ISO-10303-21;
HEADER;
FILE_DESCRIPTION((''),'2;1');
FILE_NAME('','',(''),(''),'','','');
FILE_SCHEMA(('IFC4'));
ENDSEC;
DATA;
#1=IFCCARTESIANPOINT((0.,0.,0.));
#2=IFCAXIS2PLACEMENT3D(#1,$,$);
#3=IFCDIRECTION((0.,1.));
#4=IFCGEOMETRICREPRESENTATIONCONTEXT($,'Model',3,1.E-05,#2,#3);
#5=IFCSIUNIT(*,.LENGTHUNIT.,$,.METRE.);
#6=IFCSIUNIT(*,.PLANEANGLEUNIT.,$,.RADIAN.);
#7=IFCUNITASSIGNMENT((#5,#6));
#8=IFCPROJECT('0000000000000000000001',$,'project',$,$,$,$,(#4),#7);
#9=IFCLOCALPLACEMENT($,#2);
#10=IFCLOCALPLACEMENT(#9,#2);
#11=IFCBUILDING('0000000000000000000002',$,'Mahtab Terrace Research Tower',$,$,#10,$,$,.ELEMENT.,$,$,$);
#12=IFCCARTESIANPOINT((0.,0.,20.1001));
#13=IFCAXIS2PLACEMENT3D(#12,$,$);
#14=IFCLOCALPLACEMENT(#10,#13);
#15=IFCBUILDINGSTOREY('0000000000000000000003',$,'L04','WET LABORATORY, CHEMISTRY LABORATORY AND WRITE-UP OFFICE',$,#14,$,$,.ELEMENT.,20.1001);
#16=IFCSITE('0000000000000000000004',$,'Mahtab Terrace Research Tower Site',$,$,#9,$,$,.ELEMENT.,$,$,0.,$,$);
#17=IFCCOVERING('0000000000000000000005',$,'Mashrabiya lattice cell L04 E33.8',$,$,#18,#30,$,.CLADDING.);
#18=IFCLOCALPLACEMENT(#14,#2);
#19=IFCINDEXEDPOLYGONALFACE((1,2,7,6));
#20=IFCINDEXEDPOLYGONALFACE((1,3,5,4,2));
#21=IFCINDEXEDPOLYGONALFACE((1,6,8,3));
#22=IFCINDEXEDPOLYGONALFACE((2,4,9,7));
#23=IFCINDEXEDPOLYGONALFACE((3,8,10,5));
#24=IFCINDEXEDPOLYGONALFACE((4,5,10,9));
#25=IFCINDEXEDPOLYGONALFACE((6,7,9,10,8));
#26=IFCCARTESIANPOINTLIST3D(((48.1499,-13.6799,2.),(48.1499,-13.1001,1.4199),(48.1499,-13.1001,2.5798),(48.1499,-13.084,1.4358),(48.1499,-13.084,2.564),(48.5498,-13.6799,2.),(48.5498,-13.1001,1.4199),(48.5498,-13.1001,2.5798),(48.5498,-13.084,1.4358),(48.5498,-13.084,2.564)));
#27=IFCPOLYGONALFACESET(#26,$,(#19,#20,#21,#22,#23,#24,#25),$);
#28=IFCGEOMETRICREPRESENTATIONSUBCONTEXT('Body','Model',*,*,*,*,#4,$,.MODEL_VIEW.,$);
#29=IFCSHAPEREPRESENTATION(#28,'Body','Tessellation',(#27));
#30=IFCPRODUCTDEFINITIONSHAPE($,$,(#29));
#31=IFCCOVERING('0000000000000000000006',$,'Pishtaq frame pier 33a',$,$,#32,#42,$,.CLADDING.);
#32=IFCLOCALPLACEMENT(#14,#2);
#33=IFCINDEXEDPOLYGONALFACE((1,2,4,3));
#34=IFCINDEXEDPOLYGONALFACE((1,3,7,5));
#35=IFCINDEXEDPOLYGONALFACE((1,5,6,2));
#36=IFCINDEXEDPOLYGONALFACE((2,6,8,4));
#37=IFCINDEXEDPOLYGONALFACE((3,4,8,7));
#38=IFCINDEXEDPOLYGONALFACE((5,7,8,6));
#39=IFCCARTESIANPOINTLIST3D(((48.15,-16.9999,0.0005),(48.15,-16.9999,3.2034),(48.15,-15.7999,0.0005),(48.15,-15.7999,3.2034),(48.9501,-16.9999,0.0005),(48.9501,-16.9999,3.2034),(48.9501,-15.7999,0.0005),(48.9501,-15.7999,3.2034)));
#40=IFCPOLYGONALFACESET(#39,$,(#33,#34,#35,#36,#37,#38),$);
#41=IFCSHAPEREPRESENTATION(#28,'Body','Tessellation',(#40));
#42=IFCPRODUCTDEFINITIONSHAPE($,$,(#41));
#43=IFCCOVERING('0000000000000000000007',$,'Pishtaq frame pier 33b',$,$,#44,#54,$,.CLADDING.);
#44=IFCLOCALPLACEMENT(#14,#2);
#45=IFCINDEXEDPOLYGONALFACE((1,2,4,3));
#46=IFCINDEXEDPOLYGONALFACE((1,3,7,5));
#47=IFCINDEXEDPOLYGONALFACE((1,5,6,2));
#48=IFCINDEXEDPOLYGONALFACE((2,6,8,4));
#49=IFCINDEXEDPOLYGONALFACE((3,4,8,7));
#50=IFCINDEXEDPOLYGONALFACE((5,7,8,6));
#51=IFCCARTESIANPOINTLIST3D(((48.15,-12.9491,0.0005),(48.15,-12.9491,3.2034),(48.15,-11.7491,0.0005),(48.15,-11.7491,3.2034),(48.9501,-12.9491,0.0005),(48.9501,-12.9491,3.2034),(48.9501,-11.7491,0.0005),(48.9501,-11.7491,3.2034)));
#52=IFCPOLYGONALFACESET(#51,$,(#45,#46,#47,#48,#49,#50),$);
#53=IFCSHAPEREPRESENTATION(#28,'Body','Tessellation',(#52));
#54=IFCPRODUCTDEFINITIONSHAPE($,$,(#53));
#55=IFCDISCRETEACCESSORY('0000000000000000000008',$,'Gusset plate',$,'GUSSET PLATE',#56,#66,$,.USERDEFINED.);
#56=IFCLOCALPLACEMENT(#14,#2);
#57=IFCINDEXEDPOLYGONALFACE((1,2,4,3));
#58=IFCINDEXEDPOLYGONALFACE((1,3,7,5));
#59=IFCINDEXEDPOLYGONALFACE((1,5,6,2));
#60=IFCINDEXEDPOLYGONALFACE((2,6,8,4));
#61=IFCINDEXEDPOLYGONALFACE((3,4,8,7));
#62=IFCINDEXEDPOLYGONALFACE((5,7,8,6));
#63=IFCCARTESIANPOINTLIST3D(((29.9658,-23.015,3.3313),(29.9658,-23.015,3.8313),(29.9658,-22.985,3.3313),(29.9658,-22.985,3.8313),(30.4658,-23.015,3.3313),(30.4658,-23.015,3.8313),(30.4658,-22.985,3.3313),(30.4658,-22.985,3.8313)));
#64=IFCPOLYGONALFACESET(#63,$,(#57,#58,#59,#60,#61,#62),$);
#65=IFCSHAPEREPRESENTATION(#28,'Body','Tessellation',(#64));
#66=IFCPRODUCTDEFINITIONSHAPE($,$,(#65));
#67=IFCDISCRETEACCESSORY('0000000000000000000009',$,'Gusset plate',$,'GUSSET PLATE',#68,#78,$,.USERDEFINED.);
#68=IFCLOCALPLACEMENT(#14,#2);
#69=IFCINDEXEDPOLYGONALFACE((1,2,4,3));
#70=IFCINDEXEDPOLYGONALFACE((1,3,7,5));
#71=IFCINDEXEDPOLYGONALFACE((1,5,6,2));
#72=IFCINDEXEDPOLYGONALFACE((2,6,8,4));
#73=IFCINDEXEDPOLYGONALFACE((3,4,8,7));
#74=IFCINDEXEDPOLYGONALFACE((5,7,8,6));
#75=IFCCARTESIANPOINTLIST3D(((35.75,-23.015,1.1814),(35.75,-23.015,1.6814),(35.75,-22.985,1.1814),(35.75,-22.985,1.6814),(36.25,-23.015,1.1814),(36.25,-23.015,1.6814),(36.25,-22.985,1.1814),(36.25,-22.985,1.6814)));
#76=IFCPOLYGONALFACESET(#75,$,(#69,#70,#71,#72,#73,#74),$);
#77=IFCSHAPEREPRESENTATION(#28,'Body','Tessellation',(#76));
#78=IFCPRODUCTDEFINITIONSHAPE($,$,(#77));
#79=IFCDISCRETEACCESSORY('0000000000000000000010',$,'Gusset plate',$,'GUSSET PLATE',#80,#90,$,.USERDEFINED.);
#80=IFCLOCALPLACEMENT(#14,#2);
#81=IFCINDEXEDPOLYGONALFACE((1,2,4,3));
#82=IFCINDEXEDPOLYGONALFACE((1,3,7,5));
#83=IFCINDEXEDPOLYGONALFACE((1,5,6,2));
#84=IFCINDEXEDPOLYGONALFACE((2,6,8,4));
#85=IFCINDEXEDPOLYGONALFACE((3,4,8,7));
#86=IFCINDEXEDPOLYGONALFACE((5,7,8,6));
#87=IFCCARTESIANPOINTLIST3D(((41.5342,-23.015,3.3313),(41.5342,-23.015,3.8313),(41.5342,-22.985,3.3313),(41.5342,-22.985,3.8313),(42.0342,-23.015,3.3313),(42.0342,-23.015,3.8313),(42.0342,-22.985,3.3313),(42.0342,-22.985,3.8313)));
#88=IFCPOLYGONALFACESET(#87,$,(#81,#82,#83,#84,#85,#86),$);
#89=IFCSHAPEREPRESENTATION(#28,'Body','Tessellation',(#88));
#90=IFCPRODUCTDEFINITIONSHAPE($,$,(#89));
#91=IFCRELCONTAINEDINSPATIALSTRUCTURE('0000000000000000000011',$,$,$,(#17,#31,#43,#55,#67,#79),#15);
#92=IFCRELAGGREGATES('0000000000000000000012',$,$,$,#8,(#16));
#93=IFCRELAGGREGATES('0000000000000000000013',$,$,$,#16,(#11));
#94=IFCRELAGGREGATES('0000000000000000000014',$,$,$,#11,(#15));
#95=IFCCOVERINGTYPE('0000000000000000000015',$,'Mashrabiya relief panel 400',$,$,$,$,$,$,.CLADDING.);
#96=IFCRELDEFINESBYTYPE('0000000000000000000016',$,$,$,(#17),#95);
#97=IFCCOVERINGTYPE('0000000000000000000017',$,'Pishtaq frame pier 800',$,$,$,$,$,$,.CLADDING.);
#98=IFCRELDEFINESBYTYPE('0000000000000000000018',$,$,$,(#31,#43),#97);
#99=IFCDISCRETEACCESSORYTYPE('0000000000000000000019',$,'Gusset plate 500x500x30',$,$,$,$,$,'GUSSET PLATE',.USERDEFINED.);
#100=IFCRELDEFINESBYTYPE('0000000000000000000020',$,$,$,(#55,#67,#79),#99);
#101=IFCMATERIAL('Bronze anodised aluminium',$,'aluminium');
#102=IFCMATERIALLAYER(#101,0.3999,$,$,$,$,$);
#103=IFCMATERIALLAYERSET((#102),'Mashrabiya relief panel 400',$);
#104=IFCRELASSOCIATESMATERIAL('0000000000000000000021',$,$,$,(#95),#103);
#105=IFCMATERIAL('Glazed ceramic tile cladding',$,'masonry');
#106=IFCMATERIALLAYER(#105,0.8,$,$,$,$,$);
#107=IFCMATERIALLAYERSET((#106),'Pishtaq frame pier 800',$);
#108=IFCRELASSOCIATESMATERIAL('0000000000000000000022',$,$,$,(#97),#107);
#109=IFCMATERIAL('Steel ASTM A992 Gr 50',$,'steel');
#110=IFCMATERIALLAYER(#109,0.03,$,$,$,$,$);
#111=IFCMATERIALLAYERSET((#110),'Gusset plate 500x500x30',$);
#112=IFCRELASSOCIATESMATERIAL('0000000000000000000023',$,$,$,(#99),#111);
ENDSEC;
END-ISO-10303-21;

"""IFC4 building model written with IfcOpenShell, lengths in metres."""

from ifc_helpers import new_model, si_unit, direction, frame, origin, origin_2d, place, context, subcontext, project, spatial, polyline, rectangle, outline, extrude, material, layer, layer_set, type_object, element, save


model = new_model("IFC4")

# Units and contexts
model_context = context("Model", 3, precision=1e-05, world=origin(), true_north=direction((0.0, 1.0)))
body_context = subcontext(model_context, "Body", "Model", "MODEL_VIEW")
ifc_project = project(units=[si_unit("LENGTHUNIT", "METRE"), si_unit("PLANEANGLEUNIT", "RADIAN")], contexts=[model_context])

# Site, building, storey
site_placement = place(None, origin())
site = spatial("IfcSite", under=ifc_project, at=site_placement, Name="Mahtab Terrace Research Tower Site", CompositionType="ELEMENT", RefElevation=0.0)
building_placement = place(site_placement, origin())
building = spatial("IfcBuilding", under=site, at=building_placement, Name="Mahtab Terrace Research Tower", CompositionType="ELEMENT")
storey_placement = place(building_placement, frame((0.0, 0.0, 20.1001)))
storey = spatial("IfcBuildingStorey", under=building, at=storey_placement, Name="L04", Description="WET LABORATORY, CHEMISTRY LABORATORY AND WRITE-UP OFFICE", CompositionType="ELEMENT", Elevation=20.1001)

# Shared definitions
ifc_material_1 = material(Name="Steel ASTM A992 Gr 50", Category="steel")

# Coverings
ifc_material_2 = material(Name="Bronze anodised aluminium", Category="aluminium")
ifc_layer_1 = layer(ifc_material_2, 0.3999)
ifc_layer_set_1 = layer_set([ifc_layer_1], Name="Mashrabiya relief panel 400")
covering_type_1 = type_object("IfcCoveringType", Name="Mashrabiya relief panel 400", PredefinedType="CLADDING", material=ifc_layer_set_1)
covering_1_placement = place(storey_placement, frame((48.1499, -13.1001, 1.4199), z_axis=(-1.0, 0.0, 0.0), x_axis=(0.0, -0.706958, 0.707256)))
element("IfcCovering", 1, at=covering_1_placement, inside=storey, type_object=covering_type_1, Name="Mashrabiya lattice cell L04 E33.8", PredefinedType="CLADDING", context=body_context, shape_type="SweptSolid", body=[
    extrude(outline(polyline([(0.0, 0.0), (0.8202, 0.0), (0.8204, 0.82), (0.7977, 0.8202), (-0.0002, 0.0226), (0.0, 0.0)])), origin(), (0.0, 0.0, -1.0), 0.3999),
])
ifc_material_3 = material(Name="Glazed ceramic tile cladding", Category="masonry")
ifc_layer_2 = layer(ifc_material_3, 0.8)
ifc_layer_set_2 = layer_set([ifc_layer_2], Name="Pishtaq frame pier 800")
covering_type_2 = type_object("IfcCoveringType", Name="Pishtaq frame pier 800", PredefinedType="CLADDING", material=ifc_layer_set_2)
for number, where, z_axis, x_axis, name in (
    (2, (48.55, -16.3999, 0.0005), (0.0, 0.0, 1.0), (0.0, 1.0, 0.0), "Pishtaq frame pier 33a"),
    (3, (48.55, -12.3491, 0.0005), (0.0, 0.0, 1.0), (0.0, 1.0, 0.0), "Pishtaq frame pier 33b"),
):
    element("IfcCovering", number, at=place(storey_placement, frame(where, z_axis=z_axis, x_axis=x_axis)), inside=storey, type_object=covering_type_2, Name=name, PredefinedType="CLADDING", context=body_context, shape_type="SweptSolid", body=[
        extrude(rectangle(XDim=1.2, YDim=0.8, at=origin_2d()), origin(), (0.0, 0.0, 1.0), 3.2029),
    ])

# Discrete accessories
ifc_layer_3 = layer(ifc_material_1, 0.03)
ifc_layer_set_3 = layer_set([ifc_layer_3], Name="Gusset plate 500x500x30")
discrete_accessory_type = type_object("IfcDiscreteAccessoryType", Name="Gusset plate 500x500x30", ElementType="GUSSET PLATE", PredefinedType="USERDEFINED", material=ifc_layer_set_3)
for number, where, z_axis, x_axis, name in (
    (4, (30.2158, -23.0, 3.3313), (0.0, 0.0, 1.0), (1.0, 0.0, 0.0), "Gusset plate"),
    (5, (36.0, -23.0, 1.1814), (0.0, 0.0, 1.0), (1.0, 0.0, 0.0), "Gusset plate"),
    (6, (41.7842, -23.0, 3.3313), (0.0, 0.0, 1.0), (1.0, 0.0, 0.0), "Gusset plate"),
):
    element("IfcDiscreteAccessory", number, at=place(storey_placement, frame(where, z_axis=z_axis, x_axis=x_axis)), inside=storey, type_object=discrete_accessory_type, Name=name, ObjectType="GUSSET PLATE", PredefinedType="USERDEFINED", context=body_context, shape_type="SweptSolid", body=[
        extrude(rectangle(XDim=0.5, YDim=0.03, at=origin_2d()), origin(), (0.0, 0.0, 1.0), 0.5),
    ])

save(model, "model.ifc")
